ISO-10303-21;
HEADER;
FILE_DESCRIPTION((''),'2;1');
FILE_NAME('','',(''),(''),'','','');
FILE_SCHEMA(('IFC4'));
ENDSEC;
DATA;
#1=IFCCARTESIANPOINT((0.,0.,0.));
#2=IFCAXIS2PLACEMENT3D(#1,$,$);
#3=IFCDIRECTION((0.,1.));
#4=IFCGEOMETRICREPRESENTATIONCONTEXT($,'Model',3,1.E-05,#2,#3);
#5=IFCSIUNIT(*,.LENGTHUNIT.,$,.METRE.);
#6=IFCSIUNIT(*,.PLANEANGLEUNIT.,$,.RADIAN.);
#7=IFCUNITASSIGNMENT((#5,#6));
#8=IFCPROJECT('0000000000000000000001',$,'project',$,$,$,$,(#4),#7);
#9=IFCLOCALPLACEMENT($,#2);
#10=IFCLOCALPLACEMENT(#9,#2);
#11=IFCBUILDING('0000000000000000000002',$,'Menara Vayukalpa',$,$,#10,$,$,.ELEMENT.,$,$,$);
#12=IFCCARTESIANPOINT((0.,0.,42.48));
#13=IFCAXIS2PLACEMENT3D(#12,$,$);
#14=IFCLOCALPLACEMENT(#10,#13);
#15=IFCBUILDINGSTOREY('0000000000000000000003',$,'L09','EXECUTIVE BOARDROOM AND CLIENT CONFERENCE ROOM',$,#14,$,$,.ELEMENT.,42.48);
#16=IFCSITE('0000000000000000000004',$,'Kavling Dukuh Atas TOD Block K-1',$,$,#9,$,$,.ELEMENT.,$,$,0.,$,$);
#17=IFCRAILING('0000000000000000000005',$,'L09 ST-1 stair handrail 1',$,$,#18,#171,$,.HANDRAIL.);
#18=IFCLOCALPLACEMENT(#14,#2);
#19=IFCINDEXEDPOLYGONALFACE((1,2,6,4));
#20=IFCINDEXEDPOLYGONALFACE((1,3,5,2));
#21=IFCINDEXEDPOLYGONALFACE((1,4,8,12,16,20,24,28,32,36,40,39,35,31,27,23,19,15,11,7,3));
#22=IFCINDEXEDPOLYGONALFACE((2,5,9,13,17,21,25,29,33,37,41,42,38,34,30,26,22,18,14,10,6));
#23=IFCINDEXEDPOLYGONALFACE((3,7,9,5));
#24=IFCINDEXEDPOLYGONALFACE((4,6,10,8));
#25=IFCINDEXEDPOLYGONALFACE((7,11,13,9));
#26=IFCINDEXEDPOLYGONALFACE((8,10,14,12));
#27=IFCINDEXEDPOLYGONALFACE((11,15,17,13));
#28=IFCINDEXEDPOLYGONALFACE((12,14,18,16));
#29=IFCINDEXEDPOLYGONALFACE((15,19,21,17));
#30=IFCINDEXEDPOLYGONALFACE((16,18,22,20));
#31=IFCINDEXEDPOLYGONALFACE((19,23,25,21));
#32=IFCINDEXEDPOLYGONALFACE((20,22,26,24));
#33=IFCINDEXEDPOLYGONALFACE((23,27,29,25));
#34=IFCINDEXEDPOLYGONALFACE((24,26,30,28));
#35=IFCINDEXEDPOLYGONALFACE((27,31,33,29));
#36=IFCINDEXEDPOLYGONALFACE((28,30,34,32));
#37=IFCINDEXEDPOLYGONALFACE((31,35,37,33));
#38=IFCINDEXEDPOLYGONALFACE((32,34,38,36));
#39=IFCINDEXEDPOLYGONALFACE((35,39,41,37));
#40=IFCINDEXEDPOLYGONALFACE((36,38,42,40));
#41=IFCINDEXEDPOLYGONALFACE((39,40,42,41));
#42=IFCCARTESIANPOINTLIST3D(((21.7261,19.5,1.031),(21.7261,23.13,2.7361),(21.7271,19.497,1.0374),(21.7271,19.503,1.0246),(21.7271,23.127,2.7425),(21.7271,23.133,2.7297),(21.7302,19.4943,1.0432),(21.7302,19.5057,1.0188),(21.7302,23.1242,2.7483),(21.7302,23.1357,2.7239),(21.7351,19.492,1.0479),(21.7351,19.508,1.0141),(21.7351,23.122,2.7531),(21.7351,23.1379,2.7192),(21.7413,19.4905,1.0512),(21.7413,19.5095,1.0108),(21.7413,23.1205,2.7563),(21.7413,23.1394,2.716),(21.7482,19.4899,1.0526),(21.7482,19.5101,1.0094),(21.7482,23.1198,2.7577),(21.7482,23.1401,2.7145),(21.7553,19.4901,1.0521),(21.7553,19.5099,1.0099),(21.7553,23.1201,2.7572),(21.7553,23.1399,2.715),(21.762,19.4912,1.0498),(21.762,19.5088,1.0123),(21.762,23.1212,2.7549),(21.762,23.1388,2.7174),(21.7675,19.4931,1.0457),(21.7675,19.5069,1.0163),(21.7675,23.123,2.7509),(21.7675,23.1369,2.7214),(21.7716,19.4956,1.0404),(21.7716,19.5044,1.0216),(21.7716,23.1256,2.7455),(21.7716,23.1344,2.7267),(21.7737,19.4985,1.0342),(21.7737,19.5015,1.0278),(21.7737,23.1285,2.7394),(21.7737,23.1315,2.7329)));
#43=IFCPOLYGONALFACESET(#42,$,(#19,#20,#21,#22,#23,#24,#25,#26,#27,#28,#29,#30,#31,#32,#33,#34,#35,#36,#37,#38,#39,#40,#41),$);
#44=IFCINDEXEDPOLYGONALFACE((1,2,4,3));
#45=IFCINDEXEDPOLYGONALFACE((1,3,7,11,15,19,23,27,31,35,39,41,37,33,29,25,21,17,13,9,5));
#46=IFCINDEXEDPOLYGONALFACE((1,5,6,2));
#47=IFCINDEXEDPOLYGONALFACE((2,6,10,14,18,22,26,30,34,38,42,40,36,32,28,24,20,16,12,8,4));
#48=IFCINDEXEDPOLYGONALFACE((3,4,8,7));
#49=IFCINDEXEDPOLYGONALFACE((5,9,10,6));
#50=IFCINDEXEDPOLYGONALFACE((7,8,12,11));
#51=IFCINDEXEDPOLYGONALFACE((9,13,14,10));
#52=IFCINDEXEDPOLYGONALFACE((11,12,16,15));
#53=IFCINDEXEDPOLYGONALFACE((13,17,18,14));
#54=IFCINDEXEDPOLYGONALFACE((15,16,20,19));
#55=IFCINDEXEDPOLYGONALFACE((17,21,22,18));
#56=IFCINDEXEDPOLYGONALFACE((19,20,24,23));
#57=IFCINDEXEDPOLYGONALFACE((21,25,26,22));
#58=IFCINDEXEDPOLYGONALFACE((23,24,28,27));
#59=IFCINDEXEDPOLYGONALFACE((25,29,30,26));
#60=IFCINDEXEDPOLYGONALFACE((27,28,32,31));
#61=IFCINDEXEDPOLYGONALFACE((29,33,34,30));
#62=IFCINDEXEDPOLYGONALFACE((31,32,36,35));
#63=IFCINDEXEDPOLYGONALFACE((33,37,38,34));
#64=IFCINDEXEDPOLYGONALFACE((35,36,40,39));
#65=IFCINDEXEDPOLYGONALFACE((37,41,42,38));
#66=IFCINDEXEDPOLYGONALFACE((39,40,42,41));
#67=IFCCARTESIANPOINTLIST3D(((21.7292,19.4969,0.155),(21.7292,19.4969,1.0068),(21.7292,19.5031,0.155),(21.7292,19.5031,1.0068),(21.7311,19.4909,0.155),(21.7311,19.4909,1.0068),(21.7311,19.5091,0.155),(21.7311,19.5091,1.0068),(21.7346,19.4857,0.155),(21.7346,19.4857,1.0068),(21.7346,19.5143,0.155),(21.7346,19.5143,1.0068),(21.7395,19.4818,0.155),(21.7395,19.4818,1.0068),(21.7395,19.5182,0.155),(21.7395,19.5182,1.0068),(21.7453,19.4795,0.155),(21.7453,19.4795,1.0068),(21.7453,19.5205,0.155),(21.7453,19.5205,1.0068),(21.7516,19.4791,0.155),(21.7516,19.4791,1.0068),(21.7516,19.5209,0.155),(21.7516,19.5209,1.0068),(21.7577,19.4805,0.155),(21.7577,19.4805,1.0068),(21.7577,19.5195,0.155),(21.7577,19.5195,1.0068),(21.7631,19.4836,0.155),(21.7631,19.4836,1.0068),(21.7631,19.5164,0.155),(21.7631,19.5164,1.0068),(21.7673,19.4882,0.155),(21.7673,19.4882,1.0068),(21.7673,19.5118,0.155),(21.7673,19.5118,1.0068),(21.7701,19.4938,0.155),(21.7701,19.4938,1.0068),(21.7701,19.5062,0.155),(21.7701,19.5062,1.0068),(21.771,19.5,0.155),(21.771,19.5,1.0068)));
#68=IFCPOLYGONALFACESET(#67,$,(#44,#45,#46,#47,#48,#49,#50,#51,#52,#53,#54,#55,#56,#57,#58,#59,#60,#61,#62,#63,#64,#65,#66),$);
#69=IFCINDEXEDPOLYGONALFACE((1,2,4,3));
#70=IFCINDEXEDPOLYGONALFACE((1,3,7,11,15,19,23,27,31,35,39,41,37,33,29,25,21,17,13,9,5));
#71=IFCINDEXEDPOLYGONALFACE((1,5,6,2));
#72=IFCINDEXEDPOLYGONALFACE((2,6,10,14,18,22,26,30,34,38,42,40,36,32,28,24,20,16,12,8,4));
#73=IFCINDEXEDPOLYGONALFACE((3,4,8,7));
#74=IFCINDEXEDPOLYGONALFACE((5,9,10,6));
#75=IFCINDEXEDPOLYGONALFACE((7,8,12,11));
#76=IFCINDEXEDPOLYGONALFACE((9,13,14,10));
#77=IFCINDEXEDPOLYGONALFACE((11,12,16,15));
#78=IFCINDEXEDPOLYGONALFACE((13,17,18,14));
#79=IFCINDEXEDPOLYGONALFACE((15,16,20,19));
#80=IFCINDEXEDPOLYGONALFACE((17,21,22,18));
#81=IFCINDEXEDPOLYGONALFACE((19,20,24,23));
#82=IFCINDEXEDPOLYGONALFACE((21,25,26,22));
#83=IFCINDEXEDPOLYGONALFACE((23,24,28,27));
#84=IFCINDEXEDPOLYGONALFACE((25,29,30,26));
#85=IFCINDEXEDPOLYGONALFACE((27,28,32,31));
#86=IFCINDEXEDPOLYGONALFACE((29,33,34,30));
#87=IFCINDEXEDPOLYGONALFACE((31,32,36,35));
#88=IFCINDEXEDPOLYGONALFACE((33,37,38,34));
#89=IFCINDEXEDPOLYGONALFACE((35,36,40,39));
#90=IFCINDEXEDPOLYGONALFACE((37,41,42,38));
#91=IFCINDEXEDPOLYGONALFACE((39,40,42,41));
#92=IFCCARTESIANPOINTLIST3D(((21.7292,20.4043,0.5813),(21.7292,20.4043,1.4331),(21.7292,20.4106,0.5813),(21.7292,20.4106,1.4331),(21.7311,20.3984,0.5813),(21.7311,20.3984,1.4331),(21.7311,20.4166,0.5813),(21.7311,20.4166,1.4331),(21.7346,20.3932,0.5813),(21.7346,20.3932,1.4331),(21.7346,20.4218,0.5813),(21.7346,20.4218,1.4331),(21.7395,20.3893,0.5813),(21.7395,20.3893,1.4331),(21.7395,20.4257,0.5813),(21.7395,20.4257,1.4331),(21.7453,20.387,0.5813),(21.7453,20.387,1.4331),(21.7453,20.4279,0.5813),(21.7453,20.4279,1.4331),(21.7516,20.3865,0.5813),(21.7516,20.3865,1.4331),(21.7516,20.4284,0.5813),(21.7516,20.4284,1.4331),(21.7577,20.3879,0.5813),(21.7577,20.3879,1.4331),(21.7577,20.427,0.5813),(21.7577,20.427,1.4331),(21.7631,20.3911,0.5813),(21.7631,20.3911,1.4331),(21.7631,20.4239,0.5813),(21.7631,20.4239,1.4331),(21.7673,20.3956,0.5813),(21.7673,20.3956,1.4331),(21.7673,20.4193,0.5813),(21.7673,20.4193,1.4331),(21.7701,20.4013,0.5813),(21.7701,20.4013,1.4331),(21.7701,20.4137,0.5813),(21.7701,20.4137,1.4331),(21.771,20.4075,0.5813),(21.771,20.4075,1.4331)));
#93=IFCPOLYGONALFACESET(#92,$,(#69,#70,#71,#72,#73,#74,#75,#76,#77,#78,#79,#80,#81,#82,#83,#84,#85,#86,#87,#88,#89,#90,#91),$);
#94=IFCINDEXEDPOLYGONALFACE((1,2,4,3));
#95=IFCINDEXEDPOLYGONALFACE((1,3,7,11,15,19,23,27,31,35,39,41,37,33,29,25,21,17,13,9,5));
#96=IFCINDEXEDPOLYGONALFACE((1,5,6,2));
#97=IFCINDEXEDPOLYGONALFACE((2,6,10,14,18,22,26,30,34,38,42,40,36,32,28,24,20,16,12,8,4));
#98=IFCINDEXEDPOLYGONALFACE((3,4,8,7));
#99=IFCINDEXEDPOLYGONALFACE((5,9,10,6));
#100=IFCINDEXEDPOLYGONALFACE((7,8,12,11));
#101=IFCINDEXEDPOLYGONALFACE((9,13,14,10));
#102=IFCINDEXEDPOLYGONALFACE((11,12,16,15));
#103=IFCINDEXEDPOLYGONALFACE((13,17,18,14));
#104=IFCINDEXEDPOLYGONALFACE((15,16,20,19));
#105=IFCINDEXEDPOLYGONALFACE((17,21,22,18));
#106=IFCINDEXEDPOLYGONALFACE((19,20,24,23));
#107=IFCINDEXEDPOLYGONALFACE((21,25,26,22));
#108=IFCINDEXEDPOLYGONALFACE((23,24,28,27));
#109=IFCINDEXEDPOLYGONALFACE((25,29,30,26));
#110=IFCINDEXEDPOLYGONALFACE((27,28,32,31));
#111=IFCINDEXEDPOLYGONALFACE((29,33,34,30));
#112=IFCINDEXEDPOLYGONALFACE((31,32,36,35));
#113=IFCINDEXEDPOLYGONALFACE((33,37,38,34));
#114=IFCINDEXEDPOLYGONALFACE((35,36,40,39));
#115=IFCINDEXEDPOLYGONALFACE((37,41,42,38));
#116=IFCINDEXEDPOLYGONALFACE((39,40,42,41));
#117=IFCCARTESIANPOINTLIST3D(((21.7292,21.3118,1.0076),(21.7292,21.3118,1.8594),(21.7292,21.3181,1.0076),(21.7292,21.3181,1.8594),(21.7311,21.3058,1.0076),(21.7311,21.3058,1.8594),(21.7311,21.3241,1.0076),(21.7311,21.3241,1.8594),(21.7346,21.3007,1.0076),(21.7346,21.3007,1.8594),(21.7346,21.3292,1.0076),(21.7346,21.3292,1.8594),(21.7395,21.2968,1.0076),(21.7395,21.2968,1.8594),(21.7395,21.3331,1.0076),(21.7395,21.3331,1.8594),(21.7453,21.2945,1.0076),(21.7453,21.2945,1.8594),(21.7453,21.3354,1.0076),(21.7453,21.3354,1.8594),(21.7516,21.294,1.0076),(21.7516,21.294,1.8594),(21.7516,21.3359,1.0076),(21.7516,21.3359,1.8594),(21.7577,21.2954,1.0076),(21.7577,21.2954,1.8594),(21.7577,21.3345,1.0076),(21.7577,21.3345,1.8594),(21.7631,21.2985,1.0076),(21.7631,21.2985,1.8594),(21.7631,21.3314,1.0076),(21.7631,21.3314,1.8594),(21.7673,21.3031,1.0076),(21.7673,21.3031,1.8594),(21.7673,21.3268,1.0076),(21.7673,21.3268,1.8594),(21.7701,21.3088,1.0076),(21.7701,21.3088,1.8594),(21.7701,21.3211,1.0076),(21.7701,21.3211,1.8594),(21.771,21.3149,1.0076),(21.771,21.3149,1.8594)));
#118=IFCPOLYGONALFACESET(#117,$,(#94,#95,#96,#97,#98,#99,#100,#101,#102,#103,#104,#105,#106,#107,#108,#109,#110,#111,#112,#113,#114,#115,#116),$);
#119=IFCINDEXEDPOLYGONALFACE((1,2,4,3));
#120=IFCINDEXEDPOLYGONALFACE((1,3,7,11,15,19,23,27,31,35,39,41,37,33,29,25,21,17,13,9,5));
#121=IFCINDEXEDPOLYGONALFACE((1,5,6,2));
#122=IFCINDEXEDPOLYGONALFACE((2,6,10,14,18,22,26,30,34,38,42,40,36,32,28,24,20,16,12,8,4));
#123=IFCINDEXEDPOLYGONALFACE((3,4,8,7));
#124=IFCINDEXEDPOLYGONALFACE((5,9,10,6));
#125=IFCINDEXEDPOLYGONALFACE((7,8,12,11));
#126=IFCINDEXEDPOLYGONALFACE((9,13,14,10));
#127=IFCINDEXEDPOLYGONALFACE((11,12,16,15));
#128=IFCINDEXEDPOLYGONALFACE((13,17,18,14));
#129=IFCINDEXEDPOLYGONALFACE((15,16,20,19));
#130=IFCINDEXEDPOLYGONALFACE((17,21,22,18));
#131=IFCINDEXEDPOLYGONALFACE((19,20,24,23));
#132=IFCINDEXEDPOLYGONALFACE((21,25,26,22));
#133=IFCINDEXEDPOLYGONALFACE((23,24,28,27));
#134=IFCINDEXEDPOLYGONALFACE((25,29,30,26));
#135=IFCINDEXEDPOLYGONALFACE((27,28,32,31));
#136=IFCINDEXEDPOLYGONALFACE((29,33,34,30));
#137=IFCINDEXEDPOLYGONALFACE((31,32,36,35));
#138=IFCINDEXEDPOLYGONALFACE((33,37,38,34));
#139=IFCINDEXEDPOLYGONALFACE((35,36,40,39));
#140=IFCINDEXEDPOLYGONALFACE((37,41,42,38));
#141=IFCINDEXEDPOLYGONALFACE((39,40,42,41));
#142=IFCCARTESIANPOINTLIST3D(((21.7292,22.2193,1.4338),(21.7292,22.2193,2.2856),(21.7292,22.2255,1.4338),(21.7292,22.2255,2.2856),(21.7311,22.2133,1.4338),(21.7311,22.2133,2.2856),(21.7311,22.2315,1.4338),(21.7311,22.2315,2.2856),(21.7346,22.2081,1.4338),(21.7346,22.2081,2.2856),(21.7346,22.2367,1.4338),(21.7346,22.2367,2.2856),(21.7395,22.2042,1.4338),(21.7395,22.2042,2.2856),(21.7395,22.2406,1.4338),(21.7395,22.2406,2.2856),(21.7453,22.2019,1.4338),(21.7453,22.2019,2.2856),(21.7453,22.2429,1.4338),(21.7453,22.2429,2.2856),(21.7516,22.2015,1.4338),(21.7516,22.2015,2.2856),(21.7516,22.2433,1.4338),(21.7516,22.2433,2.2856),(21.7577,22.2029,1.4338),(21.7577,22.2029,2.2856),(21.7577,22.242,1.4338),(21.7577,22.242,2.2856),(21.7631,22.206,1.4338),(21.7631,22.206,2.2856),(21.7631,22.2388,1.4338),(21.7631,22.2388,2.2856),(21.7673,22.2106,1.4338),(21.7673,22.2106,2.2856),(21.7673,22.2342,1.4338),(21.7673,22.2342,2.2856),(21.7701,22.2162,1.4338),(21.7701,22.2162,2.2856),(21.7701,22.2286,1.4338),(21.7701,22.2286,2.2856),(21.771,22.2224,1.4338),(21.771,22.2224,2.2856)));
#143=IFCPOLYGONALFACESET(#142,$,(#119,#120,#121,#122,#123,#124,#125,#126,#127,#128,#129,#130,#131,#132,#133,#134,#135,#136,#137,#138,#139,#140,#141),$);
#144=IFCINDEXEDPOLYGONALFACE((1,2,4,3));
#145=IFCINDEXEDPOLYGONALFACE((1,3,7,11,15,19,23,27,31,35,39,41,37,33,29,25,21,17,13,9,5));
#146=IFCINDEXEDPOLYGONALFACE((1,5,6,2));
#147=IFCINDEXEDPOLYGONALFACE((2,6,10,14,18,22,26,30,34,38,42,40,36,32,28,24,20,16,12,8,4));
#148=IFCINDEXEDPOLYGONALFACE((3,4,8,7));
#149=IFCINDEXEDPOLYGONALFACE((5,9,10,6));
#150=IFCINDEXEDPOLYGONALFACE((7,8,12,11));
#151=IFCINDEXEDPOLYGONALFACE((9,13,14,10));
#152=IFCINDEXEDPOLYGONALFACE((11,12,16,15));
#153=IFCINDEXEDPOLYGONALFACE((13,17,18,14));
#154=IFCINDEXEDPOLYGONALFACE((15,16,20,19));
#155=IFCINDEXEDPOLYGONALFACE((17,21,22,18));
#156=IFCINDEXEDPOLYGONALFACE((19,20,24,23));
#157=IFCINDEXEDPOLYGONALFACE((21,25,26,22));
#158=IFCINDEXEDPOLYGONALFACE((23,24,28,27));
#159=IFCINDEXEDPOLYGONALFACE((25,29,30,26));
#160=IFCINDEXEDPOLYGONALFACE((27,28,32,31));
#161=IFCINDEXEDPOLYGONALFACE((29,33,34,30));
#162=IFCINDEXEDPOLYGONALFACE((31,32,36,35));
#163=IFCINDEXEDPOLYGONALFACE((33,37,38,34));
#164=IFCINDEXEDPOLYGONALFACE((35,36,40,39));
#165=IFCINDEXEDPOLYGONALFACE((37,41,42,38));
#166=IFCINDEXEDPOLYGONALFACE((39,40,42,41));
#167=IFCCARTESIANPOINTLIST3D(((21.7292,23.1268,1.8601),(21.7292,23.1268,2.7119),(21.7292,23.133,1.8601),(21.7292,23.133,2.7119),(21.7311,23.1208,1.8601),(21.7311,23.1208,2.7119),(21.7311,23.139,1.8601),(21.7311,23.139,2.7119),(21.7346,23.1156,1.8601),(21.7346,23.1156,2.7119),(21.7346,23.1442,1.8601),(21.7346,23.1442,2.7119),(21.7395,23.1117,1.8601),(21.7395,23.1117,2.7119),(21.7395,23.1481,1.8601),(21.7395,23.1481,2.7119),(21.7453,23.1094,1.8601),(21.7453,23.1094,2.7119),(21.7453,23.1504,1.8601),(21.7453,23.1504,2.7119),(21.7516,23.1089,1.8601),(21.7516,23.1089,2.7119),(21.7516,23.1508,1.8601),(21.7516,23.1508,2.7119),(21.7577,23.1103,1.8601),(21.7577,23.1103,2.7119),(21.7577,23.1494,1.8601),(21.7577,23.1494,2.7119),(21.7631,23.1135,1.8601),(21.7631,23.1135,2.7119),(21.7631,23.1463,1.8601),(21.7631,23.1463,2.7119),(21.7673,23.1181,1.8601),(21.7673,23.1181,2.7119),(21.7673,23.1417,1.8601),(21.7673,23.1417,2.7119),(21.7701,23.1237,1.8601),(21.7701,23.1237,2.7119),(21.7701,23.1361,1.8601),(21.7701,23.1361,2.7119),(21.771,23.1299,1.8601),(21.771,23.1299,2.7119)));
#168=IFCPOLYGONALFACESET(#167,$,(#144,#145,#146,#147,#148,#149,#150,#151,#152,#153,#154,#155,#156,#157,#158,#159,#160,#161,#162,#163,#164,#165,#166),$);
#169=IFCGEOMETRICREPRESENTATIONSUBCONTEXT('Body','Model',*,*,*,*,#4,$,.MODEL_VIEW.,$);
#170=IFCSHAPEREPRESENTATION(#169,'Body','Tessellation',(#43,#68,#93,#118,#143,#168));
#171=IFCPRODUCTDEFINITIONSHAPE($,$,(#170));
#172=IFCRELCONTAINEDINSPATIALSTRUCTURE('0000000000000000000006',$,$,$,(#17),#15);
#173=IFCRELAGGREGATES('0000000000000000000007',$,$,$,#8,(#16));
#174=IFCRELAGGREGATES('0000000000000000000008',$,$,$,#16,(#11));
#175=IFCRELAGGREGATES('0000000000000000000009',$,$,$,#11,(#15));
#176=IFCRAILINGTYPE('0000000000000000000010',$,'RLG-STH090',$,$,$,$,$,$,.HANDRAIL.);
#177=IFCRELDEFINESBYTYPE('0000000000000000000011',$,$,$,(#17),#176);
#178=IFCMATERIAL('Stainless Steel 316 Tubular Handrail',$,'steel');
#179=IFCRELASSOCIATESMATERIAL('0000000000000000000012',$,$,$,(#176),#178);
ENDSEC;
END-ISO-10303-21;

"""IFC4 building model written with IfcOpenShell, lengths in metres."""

from ifc_helpers import new_model, si_unit, direction, frame, origin, origin_2d, place, context, subcontext, project, spatial, circle, extrude, material, type_object, element, save


model = new_model("IFC4")

# Units and contexts
model_context = context("Model", 3, precision=1e-05, world=origin(), true_north=direction((0.0, 1.0)))
body_context = subcontext(model_context, "Body", "Model", "MODEL_VIEW")
ifc_project = project(units=[si_unit("LENGTHUNIT", "METRE"), si_unit("PLANEANGLEUNIT", "RADIAN")], contexts=[model_context])

# Site, building, storey
site_placement = place(None, origin())
site = spatial("IfcSite", under=ifc_project, at=site_placement, Name="Kavling Dukuh Atas TOD Block K-1", CompositionType="ELEMENT", RefElevation=0.0)
building_placement = place(site_placement, origin())
building = spatial("IfcBuilding", under=site, at=building_placement, Name="Menara Vayukalpa", CompositionType="ELEMENT")
storey_placement = place(building_placement, frame((0.0, 0.0, 42.48)))
storey = spatial("IfcBuildingStorey", under=building, at=storey_placement, Name="L09", Description="EXECUTIVE BOARDROOM AND CLIENT CONFERENCE ROOM", CompositionType="ELEMENT", Elevation=42.48)

# Railing
ifc_material_1 = material(Name="Stainless Steel 316 Tubular Handrail", Category="steel")
railing_type_1 = type_object("IfcRailingType", Name="RLG-STH090", PredefinedType="HANDRAIL", material=ifc_material_1)
railing_1_placement = place(storey_placement, frame((21.75, 19.5, 0.155)))
element("IfcRailing", 1, at=railing_1_placement, inside=storey, type_object=railing_type_1, Name="L09 ST-1 stair handrail 1", PredefinedType="HANDRAIL", context=body_context, shape_type="SweptSolid", body=[
    extrude(circle(Radius=0.0239, at=origin_2d()), frame((0.0, 0.0, 0.876), z_axis=(0.0, 0.905116, 0.425164), x_axis=(-1.0, 0.0, 0.0)), (0.0, 0.0, 1.0), 4.0105),
    extrude(circle(Radius=0.021, at=origin_2d()), origin(), (0.0, 0.0, 1.0), 0.8518),
    extrude(circle(Radius=0.021, at=origin_2d()), frame((0.0, 0.9075, 0.4263)), (0.0, 0.0, 1.0), 0.8518),
    extrude(circle(Radius=0.021, at=origin_2d()), frame((0.0, 1.8149, 0.8525)), (0.0, 0.0, 1.0), 0.8518),
    extrude(circle(Radius=0.021, at=origin_2d()), frame((0.0, 2.7224, 1.2788)), (0.0, 0.0, 1.0), 0.8518),
    extrude(circle(Radius=0.021, at=origin_2d()), frame((0.0, 3.6299, 1.7051)), (0.0, 0.0, 1.0), 0.8518),
])

save(model, "model.ifc")
